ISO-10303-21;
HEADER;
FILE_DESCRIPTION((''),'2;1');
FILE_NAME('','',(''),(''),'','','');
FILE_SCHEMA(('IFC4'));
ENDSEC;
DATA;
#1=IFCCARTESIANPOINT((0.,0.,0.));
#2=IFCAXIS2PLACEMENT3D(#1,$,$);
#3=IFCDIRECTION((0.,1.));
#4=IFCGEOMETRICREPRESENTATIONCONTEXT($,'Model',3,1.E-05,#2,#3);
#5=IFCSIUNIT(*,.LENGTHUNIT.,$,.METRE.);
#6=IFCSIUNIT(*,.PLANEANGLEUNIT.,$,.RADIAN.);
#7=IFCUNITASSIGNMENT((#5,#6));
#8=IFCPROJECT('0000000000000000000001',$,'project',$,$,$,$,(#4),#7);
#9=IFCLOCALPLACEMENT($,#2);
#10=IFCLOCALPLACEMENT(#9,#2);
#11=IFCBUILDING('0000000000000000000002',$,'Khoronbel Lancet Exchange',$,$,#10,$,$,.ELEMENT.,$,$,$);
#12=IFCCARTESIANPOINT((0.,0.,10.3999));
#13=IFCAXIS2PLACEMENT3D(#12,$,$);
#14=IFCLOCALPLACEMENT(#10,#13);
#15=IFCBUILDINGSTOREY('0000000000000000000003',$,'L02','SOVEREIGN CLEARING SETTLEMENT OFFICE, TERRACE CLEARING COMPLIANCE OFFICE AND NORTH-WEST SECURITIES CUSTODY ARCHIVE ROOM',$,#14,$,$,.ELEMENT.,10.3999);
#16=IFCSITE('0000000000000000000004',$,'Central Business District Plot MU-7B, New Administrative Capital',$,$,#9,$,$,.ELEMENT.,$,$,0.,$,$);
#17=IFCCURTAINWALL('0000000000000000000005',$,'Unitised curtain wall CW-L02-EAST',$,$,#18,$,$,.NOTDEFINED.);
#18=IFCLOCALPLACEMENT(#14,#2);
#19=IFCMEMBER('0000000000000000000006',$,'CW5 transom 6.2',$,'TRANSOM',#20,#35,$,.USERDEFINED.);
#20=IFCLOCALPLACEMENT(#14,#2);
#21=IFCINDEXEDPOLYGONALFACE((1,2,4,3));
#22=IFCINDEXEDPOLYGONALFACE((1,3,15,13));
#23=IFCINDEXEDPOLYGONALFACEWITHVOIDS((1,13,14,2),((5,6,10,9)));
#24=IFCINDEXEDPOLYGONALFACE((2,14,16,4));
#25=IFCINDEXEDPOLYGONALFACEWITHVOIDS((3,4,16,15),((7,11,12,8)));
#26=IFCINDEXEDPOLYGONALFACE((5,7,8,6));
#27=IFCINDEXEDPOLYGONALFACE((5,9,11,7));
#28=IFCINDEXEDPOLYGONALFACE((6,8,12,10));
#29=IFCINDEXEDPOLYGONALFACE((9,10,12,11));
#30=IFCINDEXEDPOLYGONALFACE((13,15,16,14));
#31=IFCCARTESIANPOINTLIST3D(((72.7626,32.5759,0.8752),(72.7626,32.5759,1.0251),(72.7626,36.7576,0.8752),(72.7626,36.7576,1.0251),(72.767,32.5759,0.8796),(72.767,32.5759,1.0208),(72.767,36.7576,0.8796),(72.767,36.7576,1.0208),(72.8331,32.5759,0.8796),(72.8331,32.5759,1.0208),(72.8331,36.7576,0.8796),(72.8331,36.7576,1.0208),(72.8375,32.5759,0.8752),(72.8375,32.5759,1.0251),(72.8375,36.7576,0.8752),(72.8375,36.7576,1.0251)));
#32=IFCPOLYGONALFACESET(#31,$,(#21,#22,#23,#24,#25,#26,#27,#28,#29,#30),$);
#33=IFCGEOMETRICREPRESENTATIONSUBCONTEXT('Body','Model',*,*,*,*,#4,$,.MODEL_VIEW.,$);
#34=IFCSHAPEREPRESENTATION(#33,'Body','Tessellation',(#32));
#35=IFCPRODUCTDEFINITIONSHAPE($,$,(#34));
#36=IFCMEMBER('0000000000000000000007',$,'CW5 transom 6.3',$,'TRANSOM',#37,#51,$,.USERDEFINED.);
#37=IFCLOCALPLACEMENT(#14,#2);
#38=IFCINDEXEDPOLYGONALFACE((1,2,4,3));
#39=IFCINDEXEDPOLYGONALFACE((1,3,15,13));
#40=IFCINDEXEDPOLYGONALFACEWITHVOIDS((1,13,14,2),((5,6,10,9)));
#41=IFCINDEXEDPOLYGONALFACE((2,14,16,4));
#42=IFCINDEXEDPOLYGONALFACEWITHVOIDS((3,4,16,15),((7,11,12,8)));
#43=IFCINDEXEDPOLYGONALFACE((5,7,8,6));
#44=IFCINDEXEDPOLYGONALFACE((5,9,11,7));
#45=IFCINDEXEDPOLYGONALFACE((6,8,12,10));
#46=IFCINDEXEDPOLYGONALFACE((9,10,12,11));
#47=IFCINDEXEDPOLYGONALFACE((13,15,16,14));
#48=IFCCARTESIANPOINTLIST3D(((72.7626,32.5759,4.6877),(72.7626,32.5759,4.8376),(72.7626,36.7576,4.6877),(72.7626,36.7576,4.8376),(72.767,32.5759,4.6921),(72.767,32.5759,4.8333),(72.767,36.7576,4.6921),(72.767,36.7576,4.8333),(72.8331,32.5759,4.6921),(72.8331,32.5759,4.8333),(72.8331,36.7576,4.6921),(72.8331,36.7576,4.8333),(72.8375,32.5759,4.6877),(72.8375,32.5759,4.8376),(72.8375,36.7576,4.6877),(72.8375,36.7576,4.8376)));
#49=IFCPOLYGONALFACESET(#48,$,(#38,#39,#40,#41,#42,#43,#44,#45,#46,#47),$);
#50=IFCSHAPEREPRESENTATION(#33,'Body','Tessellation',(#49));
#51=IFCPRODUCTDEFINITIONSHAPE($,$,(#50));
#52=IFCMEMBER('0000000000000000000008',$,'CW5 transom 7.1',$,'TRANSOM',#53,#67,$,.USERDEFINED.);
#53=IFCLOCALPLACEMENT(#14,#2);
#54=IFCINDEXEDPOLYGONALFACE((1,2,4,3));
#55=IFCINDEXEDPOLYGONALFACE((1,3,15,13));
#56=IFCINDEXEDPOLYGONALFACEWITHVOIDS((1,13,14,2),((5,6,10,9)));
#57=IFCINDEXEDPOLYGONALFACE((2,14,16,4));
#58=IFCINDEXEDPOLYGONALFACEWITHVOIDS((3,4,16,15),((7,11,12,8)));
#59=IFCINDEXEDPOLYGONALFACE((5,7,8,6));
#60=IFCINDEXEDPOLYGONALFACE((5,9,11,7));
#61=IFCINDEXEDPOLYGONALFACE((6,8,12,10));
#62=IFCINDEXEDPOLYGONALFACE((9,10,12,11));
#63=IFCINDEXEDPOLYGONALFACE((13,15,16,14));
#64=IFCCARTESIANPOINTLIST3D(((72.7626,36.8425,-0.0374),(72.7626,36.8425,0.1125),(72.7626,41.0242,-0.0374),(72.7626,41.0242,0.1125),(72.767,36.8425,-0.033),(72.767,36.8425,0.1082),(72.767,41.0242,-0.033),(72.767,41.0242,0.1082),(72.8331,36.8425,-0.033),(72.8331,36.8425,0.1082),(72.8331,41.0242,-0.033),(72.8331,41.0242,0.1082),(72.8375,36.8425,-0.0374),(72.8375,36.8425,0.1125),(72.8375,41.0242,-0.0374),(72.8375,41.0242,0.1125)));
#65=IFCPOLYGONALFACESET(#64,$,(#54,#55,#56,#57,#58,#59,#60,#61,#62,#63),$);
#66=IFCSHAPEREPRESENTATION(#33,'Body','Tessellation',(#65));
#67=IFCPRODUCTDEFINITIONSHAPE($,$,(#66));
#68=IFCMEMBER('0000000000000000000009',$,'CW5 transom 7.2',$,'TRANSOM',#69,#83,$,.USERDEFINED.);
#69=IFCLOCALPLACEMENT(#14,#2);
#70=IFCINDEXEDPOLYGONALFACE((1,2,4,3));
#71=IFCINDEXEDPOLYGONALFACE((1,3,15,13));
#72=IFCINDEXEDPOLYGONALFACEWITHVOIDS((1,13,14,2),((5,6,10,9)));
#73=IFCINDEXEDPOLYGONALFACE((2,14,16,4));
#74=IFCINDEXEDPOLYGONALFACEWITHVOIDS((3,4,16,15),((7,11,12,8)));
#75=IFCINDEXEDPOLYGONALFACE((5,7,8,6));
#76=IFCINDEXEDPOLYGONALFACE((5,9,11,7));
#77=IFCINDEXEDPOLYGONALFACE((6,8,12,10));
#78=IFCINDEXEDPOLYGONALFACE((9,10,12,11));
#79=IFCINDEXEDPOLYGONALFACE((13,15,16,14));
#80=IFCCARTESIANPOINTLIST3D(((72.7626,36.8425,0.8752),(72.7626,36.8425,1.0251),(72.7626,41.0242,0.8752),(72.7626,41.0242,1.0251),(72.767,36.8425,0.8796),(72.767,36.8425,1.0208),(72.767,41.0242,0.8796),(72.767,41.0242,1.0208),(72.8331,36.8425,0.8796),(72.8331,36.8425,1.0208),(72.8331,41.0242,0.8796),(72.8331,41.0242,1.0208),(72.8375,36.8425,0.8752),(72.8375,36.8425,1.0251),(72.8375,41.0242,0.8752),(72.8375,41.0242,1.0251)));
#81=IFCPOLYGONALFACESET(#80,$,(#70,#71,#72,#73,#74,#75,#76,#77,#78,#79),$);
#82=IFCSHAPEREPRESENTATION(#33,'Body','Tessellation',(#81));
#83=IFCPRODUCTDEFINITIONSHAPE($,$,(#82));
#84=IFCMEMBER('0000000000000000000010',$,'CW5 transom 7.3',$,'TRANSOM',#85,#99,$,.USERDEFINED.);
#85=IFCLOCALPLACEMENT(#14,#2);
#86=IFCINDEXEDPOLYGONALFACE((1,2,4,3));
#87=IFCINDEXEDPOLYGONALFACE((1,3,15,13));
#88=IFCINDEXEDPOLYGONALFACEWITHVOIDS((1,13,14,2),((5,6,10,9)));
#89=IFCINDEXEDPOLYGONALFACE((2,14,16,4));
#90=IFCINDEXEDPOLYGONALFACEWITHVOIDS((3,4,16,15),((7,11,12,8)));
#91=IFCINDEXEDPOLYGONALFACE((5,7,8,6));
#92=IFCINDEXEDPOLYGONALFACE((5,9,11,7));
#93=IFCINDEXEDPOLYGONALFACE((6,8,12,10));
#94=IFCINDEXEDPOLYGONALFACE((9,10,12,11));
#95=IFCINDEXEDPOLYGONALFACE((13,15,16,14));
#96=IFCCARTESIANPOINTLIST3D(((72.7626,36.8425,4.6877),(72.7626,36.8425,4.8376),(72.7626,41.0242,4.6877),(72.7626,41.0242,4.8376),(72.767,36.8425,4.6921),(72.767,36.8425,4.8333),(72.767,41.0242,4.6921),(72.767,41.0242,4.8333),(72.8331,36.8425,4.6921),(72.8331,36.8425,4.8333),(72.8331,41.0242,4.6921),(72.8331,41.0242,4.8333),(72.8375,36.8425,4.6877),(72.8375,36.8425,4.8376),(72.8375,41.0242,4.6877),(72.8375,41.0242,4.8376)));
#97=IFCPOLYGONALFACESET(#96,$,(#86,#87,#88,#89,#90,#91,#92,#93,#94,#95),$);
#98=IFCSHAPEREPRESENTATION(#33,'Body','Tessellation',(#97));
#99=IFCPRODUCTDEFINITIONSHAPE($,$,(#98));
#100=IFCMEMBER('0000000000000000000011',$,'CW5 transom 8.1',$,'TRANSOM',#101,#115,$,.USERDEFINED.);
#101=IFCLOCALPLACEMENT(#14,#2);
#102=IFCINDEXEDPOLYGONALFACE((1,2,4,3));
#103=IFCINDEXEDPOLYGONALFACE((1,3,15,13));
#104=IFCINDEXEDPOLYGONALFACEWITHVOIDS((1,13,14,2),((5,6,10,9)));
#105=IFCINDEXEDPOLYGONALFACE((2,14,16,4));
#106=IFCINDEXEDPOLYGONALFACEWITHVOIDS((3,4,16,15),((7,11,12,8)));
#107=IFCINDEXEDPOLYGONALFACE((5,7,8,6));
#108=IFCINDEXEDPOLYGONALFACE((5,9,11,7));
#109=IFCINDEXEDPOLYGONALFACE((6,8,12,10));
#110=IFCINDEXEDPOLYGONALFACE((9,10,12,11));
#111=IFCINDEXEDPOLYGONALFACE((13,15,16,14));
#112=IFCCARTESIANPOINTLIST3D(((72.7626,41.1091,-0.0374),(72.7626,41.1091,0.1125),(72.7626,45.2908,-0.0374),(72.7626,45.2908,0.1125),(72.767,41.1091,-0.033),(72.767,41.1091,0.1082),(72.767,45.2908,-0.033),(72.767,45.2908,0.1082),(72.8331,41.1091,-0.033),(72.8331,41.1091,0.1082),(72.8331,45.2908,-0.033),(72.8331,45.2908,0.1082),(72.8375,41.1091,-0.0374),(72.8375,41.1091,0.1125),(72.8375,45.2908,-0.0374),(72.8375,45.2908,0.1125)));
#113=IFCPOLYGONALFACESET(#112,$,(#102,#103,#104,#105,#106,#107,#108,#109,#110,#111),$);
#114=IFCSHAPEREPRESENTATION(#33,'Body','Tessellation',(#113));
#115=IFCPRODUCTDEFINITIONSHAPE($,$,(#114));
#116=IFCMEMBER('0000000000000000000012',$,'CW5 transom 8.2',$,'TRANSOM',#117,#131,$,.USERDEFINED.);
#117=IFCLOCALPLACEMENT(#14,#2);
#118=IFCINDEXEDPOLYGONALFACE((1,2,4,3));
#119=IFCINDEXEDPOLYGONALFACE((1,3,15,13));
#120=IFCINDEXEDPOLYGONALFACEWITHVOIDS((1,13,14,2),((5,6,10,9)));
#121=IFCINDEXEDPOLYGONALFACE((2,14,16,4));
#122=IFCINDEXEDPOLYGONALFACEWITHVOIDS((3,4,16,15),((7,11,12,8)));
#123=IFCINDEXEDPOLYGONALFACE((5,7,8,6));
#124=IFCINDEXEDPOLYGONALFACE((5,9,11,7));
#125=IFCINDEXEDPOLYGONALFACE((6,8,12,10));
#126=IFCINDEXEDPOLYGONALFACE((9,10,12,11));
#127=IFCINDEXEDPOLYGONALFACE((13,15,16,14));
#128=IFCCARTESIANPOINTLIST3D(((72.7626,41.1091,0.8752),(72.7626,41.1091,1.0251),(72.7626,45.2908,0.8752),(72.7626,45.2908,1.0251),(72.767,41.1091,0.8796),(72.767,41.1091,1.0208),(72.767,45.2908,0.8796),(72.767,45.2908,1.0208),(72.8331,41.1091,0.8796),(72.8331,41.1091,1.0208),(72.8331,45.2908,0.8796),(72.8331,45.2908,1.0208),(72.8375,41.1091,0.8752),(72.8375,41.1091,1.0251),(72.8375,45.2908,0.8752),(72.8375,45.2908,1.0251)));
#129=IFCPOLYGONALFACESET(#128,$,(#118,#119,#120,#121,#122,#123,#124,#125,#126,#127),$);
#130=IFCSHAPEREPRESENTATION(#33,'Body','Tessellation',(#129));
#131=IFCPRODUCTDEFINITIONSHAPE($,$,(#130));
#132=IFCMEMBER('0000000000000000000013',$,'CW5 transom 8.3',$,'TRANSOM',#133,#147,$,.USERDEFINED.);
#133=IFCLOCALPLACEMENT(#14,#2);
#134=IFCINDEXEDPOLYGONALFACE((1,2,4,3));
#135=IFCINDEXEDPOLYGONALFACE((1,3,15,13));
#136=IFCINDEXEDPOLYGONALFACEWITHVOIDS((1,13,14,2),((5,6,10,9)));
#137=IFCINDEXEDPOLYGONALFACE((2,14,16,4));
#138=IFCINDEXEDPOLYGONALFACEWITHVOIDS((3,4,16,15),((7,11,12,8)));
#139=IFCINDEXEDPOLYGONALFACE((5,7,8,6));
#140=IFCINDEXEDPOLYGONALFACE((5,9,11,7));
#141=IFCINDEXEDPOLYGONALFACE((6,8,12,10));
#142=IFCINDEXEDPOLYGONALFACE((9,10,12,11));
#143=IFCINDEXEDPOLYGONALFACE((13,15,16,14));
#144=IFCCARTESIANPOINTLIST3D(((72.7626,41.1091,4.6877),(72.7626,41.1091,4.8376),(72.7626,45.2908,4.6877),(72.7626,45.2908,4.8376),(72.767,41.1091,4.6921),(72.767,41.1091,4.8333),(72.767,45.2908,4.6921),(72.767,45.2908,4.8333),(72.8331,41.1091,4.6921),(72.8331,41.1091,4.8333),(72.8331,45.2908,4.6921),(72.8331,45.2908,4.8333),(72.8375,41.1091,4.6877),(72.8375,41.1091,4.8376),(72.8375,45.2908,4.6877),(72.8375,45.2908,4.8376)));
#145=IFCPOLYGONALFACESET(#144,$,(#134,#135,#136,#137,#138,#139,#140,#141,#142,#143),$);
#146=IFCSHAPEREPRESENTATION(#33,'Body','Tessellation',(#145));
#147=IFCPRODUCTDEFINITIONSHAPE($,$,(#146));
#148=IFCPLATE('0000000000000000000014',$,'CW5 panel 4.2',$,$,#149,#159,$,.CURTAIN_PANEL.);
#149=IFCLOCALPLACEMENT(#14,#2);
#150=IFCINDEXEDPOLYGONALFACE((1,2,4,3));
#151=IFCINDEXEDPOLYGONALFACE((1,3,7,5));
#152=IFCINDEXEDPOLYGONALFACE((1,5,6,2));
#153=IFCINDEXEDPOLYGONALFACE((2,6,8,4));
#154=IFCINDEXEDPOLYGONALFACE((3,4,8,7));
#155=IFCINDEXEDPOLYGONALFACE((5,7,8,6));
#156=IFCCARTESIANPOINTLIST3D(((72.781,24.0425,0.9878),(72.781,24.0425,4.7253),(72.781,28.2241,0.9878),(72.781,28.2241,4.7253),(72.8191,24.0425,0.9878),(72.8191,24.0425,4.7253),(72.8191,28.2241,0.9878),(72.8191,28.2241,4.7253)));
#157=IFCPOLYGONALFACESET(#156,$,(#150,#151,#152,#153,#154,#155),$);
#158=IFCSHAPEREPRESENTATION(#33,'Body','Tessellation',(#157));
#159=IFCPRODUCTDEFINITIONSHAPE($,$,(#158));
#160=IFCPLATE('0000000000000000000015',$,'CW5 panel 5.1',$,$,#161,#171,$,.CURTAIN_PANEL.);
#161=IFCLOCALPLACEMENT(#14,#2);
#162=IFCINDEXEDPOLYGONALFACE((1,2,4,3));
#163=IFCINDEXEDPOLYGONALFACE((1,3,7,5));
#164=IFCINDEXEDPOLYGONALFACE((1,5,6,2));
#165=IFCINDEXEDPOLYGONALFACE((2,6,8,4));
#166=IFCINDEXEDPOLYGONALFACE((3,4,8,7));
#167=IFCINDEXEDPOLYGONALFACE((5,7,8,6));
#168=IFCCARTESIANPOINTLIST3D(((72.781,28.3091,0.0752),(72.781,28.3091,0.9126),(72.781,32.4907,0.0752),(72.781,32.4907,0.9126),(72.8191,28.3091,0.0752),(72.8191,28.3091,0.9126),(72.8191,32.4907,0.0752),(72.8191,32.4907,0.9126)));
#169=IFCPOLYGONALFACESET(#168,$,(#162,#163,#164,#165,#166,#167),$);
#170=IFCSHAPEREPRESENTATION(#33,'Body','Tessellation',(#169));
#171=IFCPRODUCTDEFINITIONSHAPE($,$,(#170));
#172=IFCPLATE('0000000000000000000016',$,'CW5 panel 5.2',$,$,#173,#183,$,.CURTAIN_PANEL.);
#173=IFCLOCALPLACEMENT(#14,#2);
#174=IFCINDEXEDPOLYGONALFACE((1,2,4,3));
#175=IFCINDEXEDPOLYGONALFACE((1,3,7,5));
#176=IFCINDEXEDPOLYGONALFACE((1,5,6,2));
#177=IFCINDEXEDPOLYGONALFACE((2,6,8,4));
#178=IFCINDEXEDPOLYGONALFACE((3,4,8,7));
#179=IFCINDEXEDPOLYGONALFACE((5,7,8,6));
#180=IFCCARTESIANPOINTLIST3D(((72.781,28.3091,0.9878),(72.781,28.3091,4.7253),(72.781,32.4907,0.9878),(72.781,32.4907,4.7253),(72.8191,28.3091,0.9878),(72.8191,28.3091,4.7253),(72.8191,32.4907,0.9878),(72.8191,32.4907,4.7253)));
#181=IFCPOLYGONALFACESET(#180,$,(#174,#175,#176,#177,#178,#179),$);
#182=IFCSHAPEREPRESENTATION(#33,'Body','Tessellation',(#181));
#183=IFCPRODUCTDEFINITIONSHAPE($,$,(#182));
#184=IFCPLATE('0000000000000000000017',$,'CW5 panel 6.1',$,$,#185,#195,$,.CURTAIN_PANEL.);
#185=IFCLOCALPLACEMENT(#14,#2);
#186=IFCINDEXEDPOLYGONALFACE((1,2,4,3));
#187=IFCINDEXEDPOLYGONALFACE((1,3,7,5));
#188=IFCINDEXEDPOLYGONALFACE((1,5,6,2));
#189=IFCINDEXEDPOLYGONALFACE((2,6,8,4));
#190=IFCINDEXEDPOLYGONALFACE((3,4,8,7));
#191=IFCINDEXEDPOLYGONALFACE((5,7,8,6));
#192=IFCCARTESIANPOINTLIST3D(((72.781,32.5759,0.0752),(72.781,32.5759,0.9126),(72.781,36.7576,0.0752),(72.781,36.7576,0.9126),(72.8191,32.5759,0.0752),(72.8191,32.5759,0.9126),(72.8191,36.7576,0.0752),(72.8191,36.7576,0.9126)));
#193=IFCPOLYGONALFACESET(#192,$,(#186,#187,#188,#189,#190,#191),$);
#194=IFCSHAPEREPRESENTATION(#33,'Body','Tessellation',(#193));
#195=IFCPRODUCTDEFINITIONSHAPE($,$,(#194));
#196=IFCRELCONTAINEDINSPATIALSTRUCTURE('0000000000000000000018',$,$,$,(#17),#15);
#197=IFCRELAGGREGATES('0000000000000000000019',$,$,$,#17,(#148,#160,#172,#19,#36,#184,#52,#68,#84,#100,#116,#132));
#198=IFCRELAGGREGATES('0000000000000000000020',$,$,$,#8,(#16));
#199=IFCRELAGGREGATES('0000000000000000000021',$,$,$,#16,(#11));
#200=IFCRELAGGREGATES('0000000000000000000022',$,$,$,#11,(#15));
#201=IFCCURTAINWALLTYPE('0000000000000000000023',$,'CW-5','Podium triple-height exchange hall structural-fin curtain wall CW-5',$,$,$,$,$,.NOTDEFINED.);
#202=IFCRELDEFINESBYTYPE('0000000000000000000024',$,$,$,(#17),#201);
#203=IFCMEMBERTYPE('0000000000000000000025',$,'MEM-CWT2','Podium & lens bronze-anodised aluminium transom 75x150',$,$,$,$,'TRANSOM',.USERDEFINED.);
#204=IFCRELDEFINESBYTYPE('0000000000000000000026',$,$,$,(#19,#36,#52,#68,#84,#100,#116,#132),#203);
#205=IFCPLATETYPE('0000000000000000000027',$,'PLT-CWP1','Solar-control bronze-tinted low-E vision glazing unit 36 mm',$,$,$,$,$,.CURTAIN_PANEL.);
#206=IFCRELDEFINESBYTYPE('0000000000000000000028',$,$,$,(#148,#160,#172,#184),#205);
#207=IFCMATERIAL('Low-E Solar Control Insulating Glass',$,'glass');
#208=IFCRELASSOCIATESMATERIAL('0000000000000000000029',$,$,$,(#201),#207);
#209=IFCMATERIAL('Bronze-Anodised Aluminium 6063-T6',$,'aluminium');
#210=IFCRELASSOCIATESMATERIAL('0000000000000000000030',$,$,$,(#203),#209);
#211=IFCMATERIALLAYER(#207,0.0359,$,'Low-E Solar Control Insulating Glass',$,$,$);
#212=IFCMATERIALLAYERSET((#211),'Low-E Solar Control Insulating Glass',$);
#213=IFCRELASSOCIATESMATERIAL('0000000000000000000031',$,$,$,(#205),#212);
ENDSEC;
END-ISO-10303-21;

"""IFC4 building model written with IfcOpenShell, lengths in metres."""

from ifc_helpers import new_model, si_unit, direction, frame, origin, origin_2d, place, context, subcontext, project, spatial, rectangle, hollow_rectangle, extrude, material, layer, layer_set, material_profile, profile_set, type_object, element, aggregate, save


model = new_model("IFC4")

# Units and contexts
model_context = context("Model", 3, precision=1e-05, world=origin(), true_north=direction((0.0, 1.0)))
body_context = subcontext(model_context, "Body", "Model", "MODEL_VIEW")
ifc_project = project(units=[si_unit("LENGTHUNIT", "METRE"), si_unit("PLANEANGLEUNIT", "RADIAN")], contexts=[model_context])

# Site, building, storey
site_placement = place(None, origin())
site = spatial("IfcSite", under=ifc_project, at=site_placement, Name="Central Business District Plot MU-7B, New Administrative Capital", CompositionType="ELEMENT", RefElevation=0.0)
building_placement = place(site_placement, origin())
building = spatial("IfcBuilding", under=site, at=building_placement, Name="Khoronbel Lancet Exchange", CompositionType="ELEMENT")
storey_placement = place(building_placement, frame((0.0, 0.0, 10.3999)))
storey = spatial("IfcBuildingStorey", under=building, at=storey_placement, Name="L02", Description="SOVEREIGN CLEARING SETTLEMENT OFFICE, TERRACE CLEARING COMPLIANCE OFFICE AND NORTH-WEST SECURITIES CUSTODY ARCHIVE ROOM", CompositionType="ELEMENT", Elevation=10.3999)

# Curtain wall, members, plates
ifc_material_1 = material(Name="Low-E Solar Control Insulating Glass", Category="glass")
curtain_wall_type = type_object("IfcCurtainWallType", Name="CW-5", Description="Podium triple-height exchange hall structural-fin curtain wall CW-5", PredefinedType="NOTDEFINED", material=ifc_material_1)
curtain_wall_placement = place(storey_placement, origin())
curtain_wall = element("IfcCurtainWall", 1, at=curtain_wall_placement, inside=storey, type_object=curtain_wall_type, Name="Unitised curtain wall CW-L02-EAST", PredefinedType="NOTDEFINED")
ifc_material_2 = material(Name="Bronze-Anodised Aluminium 6063-T6", Category="aluminium")
ifc_material_profile_1 = material_profile(ifc_material_2, hollow_rectangle(XDim=0.075, YDim=0.1499, WallThickness=0.0044, at=origin_2d()), Name="ALU TRANSOM 75x150")
ifc_profile_set_1 = profile_set([ifc_material_profile_1], Name="Bronze-Anodised Aluminium 6063-T6")
member_type_1 = type_object("IfcMemberType", Name="MEM-CWT2", Description="Podium & lens bronze-anodised aluminium transom 75x150", ElementType="TRANSOM", PredefinedType="USERDEFINED", material=ifc_profile_set_1)
member_1_placement = place(storey_placement, frame((72.8, 32.5759, 0.9502), z_axis=(0.0, 1.0, 0.0), x_axis=(-1.0, 0.0, 0.0)))
member_1 = element("IfcMember", 2, at=member_1_placement, type_object=member_type_1, Name="CW5 transom 6.2", ObjectType="TRANSOM", PredefinedType="USERDEFINED", context=body_context, shape_type="SweptSolid", body=[
    extrude(hollow_rectangle(XDim=0.075, YDim=0.1499, WallThickness=0.0044, at=origin_2d()), origin(), (0.0, 0.0, 1.0), 4.1816),
])
member_2_placement = place(storey_placement, frame((72.8, 32.5759, 4.7627), z_axis=(0.0, 1.0, 0.0), x_axis=(-1.0, 0.0, 0.0)))
member_2 = element("IfcMember", 3, at=member_2_placement, type_object=member_type_1, Name="CW5 transom 6.3", ObjectType="TRANSOM", PredefinedType="USERDEFINED", context=body_context, shape_type="SweptSolid", body=[
    extrude(hollow_rectangle(XDim=0.075, YDim=0.1499, WallThickness=0.0044, at=origin_2d()), origin(), (0.0, 0.0, 1.0), 4.1816),
])
member_3_placement = place(storey_placement, frame((72.8, 36.8425, 0.0376), z_axis=(0.0, 1.0, 0.0), x_axis=(-1.0, 0.0, 0.0)))
member_3 = element("IfcMember", 4, at=member_3_placement, type_object=member_type_1, Name="CW5 transom 7.1", ObjectType="TRANSOM", PredefinedType="USERDEFINED", context=body_context, shape_type="SweptSolid", body=[
    extrude(hollow_rectangle(XDim=0.075, YDim=0.1499, WallThickness=0.0044, at=origin_2d()), origin(), (0.0, 0.0, 1.0), 4.1816),
])
member_4_placement = place(storey_placement, frame((72.8, 36.8425, 0.9502), z_axis=(0.0, 1.0, 0.0), x_axis=(-1.0, 0.0, 0.0)))
member_4 = element("IfcMember", 5, at=member_4_placement, type_object=member_type_1, Name="CW5 transom 7.2", ObjectType="TRANSOM", PredefinedType="USERDEFINED", context=body_context, shape_type="SweptSolid", body=[
    extrude(hollow_rectangle(XDim=0.075, YDim=0.1499, WallThickness=0.0044, at=origin_2d()), origin(), (0.0, 0.0, 1.0), 4.1816),
])
member_5_placement = place(storey_placement, frame((72.8, 36.8425, 4.7627), z_axis=(0.0, 1.0, 0.0), x_axis=(-1.0, 0.0, 0.0)))
member_5 = element("IfcMember", 6, at=member_5_placement, type_object=member_type_1, Name="CW5 transom 7.3", ObjectType="TRANSOM", PredefinedType="USERDEFINED", context=body_context, shape_type="SweptSolid", body=[
    extrude(hollow_rectangle(XDim=0.075, YDim=0.1499, WallThickness=0.0044, at=origin_2d()), origin(), (0.0, 0.0, 1.0), 4.1816),
])
member_6_placement = place(storey_placement, frame((72.8, 41.1091, 0.0376), z_axis=(0.0, 1.0, 0.0), x_axis=(-1.0, 0.0, 0.0)))
member_6 = element("IfcMember", 7, at=member_6_placement, type_object=member_type_1, Name="CW5 transom 8.1", ObjectType="TRANSOM", PredefinedType="USERDEFINED", context=body_context, shape_type="SweptSolid", body=[
    extrude(hollow_rectangle(XDim=0.075, YDim=0.1499, WallThickness=0.0044, at=origin_2d()), origin(), (0.0, 0.0, 1.0), 4.1816),
])
member_7_placement = place(storey_placement, frame((72.8, 41.1091, 0.9502), z_axis=(0.0, 1.0, 0.0), x_axis=(-1.0, 0.0, 0.0)))
member_7 = element("IfcMember", 8, at=member_7_placement, type_object=member_type_1, Name="CW5 transom 8.2", ObjectType="TRANSOM", PredefinedType="USERDEFINED", context=body_context, shape_type="SweptSolid", body=[
    extrude(hollow_rectangle(XDim=0.075, YDim=0.1499, WallThickness=0.0044, at=origin_2d()), origin(), (0.0, 0.0, 1.0), 4.1816),
])
member_8_placement = place(storey_placement, frame((72.8, 41.1091, 4.7627), z_axis=(0.0, 1.0, 0.0), x_axis=(-1.0, 0.0, 0.0)))
member_8 = element("IfcMember", 9, at=member_8_placement, type_object=member_type_1, Name="CW5 transom 8.3", ObjectType="TRANSOM", PredefinedType="USERDEFINED", context=body_context, shape_type="SweptSolid", body=[
    extrude(hollow_rectangle(XDim=0.075, YDim=0.1499, WallThickness=0.0044, at=origin_2d()), origin(), (0.0, 0.0, 1.0), 4.1816),
])
ifc_layer_1 = layer(ifc_material_1, 0.0359, Name="Low-E Solar Control Insulating Glass")
ifc_layer_set_1 = layer_set([ifc_layer_1], Name="Low-E Solar Control Insulating Glass")
plate_type = type_object("IfcPlateType", Name="PLT-CWP1", Description="Solar-control bronze-tinted low-E vision glazing unit 36 mm", PredefinedType="CURTAIN_PANEL", material=ifc_layer_set_1)
plate_1_placement = place(storey_placement, frame((72.8, 26.1333, 0.9878), z_axis=(0.0, 0.0, 1.0), x_axis=(0.0, 1.0, 0.0)))
plate_1 = element("IfcPlate", 10, at=plate_1_placement, type_object=plate_type, Name="CW5 panel 4.2", PredefinedType="CURTAIN_PANEL", context=body_context, shape_type="SweptSolid", body=[
    extrude(rectangle(XDim=4.1816, YDim=0.0381, at=origin_2d()), origin(), (0.0, 0.0, 1.0), 3.7375),
])
plate_2_placement = place(storey_placement, frame((72.8, 30.3999, 0.0752), z_axis=(0.0, 0.0, 1.0), x_axis=(0.0, 1.0, 0.0)))
plate_2 = element("IfcPlate", 11, at=plate_2_placement, type_object=plate_type, Name="CW5 panel 5.1", PredefinedType="CURTAIN_PANEL", context=body_context, shape_type="SweptSolid", body=[
    extrude(rectangle(XDim=4.1816, YDim=0.0381, at=origin_2d()), origin(), (0.0, 0.0, 1.0), 0.8374),
])
plate_3_placement = place(storey_placement, frame((72.8, 30.3999, 0.9878), z_axis=(0.0, 0.0, 1.0), x_axis=(0.0, 1.0, 0.0)))
plate_3 = element("IfcPlate", 12, at=plate_3_placement, type_object=plate_type, Name="CW5 panel 5.2", PredefinedType="CURTAIN_PANEL", context=body_context, shape_type="SweptSolid", body=[
    extrude(rectangle(XDim=4.1816, YDim=0.0381, at=origin_2d()), origin(), (0.0, 0.0, 1.0), 3.7375),
])
plate_4_placement = place(storey_placement, frame((72.8, 34.6667, 0.0752), z_axis=(0.0, 0.0, 1.0), x_axis=(0.0, 1.0, 0.0)))
plate_4 = element("IfcPlate", 13, at=plate_4_placement, type_object=plate_type, Name="CW5 panel 6.1", PredefinedType="CURTAIN_PANEL", context=body_context, shape_type="SweptSolid", body=[
    extrude(rectangle(XDim=4.1816, YDim=0.0381, at=origin_2d()), origin(), (0.0, 0.0, 1.0), 0.8374),
])
aggregate(curtain_wall, [plate_1, plate_2, plate_3, member_1, member_2, plate_4, member_3, member_4, member_5, member_6, member_7, member_8])

save(model, "model.ifc")
